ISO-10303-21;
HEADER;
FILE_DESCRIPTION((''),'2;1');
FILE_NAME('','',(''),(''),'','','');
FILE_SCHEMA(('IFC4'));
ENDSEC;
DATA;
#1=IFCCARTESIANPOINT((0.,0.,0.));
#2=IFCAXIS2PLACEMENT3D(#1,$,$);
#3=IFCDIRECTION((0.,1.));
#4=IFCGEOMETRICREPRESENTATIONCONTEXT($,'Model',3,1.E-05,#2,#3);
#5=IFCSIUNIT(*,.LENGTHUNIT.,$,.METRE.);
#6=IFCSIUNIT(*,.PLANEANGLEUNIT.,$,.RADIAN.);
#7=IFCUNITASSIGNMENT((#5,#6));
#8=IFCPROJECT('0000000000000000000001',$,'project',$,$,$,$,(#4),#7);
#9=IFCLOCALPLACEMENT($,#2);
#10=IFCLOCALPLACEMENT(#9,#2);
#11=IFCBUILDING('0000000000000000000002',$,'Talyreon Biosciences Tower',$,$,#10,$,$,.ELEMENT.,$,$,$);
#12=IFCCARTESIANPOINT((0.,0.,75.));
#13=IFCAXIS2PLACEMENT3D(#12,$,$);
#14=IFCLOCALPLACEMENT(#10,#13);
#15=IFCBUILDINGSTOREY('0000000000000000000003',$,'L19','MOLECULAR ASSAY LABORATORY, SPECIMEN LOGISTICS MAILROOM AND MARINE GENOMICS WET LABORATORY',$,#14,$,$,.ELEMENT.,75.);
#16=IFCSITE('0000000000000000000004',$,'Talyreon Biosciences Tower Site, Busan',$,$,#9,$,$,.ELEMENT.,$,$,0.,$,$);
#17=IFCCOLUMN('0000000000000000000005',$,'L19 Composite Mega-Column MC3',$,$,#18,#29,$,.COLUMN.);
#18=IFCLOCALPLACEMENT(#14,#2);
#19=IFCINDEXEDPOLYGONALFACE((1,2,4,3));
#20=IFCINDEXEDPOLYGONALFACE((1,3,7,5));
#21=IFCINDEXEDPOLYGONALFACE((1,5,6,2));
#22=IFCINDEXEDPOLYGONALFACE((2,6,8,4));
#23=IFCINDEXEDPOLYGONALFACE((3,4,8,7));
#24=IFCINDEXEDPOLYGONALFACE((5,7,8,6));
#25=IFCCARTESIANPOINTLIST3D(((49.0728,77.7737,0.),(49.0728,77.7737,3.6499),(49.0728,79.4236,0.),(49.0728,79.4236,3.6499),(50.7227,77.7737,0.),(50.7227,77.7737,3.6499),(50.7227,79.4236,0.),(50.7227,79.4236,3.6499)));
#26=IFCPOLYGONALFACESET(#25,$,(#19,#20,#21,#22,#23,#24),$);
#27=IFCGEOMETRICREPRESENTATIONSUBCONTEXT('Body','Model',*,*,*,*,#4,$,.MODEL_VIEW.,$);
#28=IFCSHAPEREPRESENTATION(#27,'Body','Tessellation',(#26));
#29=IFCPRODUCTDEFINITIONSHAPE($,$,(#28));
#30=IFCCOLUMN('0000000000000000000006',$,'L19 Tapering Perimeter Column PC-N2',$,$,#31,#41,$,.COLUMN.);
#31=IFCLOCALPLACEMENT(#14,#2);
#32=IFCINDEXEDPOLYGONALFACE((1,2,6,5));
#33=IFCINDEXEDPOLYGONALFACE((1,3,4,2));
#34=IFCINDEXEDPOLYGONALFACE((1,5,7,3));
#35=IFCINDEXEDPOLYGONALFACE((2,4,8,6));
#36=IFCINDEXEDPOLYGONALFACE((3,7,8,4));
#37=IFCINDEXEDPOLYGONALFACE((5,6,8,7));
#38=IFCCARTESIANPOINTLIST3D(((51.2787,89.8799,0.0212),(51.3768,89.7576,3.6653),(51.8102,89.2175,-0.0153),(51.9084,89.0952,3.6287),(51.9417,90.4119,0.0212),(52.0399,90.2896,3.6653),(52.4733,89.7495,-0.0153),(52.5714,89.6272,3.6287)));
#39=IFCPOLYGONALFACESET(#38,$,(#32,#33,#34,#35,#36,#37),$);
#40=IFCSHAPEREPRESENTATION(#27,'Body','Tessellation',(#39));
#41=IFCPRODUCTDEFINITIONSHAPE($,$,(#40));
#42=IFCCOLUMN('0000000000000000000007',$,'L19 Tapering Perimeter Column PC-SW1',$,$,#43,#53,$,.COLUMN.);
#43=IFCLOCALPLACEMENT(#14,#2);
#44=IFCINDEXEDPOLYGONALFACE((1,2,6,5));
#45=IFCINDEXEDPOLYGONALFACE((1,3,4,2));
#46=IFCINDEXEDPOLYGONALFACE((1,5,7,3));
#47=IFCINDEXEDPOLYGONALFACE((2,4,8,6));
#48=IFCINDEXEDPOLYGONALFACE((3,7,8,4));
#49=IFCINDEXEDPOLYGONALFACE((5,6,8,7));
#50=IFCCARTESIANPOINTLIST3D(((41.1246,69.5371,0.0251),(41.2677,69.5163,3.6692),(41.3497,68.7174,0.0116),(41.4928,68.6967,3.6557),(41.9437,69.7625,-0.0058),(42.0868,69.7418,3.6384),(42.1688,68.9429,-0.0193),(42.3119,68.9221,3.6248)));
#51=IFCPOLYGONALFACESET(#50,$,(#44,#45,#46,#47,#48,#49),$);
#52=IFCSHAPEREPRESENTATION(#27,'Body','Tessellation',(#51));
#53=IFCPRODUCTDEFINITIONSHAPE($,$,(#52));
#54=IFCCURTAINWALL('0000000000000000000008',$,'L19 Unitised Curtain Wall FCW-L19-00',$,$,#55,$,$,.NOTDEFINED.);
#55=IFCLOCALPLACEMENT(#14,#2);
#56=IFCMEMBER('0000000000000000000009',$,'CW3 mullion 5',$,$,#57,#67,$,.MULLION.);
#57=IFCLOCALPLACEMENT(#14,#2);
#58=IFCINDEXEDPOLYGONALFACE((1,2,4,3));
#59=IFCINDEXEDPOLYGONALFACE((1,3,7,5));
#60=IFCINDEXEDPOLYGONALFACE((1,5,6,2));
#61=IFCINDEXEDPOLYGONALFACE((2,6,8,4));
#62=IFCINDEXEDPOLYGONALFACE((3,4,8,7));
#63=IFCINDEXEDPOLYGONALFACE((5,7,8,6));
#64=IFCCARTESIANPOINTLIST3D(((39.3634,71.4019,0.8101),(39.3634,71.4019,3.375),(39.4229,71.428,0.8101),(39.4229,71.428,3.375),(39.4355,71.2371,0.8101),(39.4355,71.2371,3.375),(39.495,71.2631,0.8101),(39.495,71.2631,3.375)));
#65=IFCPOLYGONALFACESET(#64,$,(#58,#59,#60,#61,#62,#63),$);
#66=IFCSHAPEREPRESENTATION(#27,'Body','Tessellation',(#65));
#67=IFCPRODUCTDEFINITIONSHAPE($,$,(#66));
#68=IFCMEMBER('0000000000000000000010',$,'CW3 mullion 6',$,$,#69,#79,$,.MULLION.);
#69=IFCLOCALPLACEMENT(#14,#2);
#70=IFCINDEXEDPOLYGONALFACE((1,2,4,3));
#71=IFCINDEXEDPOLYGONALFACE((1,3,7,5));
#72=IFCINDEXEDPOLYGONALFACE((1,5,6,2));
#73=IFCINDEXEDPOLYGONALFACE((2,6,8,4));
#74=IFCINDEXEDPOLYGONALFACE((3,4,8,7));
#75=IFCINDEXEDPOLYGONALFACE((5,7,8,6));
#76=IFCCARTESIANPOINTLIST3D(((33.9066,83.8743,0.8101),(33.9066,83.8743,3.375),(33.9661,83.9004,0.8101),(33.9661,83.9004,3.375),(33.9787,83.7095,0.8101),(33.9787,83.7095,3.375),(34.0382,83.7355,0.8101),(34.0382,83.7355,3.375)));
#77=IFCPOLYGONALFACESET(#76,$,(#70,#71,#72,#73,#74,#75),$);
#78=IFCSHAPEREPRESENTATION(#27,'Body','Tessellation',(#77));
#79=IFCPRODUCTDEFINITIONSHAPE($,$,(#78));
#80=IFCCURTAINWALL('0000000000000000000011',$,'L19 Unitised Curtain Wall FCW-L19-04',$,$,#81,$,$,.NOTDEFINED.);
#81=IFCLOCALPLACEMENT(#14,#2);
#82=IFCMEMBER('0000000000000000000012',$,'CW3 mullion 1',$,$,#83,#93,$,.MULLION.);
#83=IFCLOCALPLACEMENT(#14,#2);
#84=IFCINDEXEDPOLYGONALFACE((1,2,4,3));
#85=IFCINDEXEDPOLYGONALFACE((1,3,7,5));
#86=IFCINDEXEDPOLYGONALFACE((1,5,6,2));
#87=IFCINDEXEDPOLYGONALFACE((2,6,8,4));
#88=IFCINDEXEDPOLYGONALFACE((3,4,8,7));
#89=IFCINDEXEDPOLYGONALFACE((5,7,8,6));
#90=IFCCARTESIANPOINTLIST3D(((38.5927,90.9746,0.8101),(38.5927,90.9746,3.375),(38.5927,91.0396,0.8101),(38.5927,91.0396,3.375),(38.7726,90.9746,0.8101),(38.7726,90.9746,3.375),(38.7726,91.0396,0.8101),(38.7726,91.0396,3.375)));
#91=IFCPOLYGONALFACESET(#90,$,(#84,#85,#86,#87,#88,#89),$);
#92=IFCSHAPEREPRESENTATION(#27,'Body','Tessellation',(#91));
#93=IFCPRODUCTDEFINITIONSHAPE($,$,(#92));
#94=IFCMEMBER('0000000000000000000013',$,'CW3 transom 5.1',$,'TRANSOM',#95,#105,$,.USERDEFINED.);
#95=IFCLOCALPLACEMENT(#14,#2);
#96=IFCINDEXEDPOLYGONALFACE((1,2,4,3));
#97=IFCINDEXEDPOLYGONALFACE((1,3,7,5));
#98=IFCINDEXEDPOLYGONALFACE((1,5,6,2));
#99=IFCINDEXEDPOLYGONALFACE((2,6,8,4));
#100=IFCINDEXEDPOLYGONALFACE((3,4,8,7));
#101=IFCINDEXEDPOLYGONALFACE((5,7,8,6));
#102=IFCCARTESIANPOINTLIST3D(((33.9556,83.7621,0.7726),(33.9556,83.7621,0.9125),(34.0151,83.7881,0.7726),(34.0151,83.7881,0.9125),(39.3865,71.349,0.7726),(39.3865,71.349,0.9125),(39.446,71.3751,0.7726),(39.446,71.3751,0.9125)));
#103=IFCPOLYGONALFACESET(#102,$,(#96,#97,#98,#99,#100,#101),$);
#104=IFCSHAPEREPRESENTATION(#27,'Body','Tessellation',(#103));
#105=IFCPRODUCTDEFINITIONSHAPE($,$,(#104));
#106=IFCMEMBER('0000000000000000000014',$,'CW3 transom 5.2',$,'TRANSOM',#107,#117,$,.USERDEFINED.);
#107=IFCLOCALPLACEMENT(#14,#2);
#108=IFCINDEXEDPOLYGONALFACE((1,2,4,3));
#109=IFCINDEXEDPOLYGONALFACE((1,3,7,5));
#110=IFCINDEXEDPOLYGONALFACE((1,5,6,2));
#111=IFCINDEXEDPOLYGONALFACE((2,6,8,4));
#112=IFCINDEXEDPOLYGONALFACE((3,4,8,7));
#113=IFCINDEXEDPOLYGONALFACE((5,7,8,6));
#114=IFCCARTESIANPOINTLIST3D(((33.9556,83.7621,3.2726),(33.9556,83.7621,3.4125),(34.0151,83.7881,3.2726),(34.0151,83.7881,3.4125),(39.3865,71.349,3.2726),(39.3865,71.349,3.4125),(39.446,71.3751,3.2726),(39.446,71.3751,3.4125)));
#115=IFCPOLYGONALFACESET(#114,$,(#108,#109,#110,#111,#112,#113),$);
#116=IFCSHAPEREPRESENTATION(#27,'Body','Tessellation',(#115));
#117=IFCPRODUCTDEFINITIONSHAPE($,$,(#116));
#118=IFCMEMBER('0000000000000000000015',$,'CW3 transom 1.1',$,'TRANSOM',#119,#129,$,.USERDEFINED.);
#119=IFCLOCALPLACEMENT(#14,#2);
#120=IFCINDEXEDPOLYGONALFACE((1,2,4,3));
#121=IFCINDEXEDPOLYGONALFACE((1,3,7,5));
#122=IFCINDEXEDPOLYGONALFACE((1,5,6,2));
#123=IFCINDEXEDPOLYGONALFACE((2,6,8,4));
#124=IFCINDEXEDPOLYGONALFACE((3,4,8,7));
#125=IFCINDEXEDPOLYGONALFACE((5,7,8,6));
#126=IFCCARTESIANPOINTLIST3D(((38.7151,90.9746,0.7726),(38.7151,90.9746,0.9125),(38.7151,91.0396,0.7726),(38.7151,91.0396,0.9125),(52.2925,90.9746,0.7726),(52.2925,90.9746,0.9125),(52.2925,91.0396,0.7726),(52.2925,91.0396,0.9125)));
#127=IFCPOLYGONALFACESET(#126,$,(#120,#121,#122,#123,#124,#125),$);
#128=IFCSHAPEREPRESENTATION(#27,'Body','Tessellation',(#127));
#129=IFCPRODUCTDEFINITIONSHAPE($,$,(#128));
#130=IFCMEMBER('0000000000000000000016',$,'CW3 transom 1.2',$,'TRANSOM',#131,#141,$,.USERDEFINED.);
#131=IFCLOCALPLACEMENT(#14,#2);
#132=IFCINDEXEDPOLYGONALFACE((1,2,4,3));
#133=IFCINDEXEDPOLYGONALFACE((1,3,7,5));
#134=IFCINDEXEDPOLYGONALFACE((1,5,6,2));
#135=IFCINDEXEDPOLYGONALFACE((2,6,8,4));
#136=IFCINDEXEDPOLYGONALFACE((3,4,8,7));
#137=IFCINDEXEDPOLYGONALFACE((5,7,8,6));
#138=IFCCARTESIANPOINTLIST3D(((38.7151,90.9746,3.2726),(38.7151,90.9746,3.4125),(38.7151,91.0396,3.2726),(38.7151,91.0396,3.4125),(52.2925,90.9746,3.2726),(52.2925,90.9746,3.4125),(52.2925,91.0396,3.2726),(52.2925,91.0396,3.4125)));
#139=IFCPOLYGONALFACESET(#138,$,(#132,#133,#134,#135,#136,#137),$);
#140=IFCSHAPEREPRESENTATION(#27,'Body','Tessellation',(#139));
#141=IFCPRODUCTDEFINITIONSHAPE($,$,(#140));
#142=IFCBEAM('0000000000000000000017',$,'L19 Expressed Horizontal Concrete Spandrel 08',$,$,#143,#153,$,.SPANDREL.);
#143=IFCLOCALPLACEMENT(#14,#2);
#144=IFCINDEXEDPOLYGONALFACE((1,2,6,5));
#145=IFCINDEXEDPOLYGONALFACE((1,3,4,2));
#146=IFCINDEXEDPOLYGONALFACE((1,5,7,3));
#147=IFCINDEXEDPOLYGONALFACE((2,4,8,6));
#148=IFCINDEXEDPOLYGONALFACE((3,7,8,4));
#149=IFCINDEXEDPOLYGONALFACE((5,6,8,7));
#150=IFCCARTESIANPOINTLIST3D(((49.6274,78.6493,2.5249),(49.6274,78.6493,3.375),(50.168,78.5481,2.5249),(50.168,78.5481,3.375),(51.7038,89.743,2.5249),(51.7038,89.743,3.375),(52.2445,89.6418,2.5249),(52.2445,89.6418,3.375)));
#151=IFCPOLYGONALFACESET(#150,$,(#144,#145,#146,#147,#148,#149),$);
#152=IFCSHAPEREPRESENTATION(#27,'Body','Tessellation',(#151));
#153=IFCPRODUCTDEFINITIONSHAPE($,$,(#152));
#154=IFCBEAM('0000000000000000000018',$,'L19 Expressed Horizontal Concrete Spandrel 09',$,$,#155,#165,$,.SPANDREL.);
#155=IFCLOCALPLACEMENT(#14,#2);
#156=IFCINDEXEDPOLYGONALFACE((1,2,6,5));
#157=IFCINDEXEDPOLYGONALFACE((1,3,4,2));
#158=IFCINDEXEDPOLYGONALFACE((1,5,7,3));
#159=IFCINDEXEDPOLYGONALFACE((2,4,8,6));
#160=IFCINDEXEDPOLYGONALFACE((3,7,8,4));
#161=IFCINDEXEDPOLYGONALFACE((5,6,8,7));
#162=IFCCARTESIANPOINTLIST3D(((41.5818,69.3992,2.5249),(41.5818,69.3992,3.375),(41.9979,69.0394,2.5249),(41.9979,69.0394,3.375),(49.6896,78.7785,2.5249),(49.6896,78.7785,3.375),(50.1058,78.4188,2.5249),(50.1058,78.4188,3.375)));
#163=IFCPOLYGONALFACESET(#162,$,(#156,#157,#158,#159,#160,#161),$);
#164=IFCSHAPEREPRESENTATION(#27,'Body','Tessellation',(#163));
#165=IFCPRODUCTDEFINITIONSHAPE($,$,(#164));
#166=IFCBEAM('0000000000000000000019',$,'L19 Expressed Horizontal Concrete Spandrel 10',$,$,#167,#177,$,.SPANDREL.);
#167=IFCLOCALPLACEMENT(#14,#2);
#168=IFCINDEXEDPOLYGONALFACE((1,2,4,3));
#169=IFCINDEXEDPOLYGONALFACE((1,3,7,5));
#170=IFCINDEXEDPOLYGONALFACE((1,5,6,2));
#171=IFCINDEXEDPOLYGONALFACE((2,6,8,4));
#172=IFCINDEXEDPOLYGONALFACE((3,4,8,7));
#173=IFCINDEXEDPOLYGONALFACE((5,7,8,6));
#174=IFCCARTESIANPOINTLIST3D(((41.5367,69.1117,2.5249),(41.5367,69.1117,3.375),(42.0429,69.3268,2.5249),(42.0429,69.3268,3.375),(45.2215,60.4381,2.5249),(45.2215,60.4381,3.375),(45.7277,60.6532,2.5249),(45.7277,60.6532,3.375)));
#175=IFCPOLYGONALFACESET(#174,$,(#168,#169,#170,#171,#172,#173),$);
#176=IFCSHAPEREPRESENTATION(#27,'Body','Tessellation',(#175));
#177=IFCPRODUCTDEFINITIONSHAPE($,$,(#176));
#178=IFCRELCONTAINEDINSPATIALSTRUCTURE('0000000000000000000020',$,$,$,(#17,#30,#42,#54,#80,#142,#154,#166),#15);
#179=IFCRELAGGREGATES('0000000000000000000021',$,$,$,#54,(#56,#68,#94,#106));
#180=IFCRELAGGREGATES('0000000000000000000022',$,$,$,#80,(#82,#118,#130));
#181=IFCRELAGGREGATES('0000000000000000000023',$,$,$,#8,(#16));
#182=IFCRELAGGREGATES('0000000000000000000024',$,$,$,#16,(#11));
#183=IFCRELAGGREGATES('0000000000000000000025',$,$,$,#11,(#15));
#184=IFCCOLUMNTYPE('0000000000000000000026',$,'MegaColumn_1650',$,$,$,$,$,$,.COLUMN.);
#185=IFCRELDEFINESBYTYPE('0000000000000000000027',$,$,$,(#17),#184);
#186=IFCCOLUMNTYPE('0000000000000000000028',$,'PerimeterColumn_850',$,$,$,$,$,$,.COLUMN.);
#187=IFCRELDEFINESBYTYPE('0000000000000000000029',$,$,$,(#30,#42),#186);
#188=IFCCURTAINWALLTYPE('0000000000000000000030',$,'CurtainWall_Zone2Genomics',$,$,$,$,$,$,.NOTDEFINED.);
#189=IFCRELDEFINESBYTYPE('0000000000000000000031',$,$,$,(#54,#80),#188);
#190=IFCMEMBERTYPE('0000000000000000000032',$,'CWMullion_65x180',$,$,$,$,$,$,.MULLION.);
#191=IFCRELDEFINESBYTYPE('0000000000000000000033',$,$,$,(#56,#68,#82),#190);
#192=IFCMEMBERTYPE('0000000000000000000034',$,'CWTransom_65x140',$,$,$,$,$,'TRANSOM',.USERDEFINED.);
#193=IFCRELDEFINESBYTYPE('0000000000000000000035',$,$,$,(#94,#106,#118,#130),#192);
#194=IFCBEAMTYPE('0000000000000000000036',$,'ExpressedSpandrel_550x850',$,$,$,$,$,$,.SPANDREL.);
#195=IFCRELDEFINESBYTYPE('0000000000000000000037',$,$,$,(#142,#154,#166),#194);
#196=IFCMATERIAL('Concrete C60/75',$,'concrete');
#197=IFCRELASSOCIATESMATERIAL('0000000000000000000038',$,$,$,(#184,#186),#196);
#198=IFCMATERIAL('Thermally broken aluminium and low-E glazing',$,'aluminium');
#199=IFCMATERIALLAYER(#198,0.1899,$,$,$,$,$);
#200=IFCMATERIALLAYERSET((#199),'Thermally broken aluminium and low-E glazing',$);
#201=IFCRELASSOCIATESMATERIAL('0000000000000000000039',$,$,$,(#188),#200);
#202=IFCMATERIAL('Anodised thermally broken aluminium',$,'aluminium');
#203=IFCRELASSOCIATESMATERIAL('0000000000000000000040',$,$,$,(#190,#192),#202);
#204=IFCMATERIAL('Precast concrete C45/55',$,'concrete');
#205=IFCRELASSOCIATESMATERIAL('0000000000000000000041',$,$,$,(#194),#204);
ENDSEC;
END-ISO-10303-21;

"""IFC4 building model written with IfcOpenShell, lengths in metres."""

from ifc_helpers import new_model, si_unit, direction, frame, origin, origin_2d, place, context, subcontext, project, spatial, rectangle, extrude, material, layer, layer_set, material_profile, profile_set, type_object, element, aggregate, save


model = new_model("IFC4")

# Units and contexts
model_context = context("Model", 3, precision=1e-05, world=origin(), true_north=direction((0.0, 1.0)))
body_context = subcontext(model_context, "Body", "Model", "MODEL_VIEW")
ifc_project = project(units=[si_unit("LENGTHUNIT", "METRE"), si_unit("PLANEANGLEUNIT", "RADIAN")], contexts=[model_context])

# Site, building, storey
site_placement = place(None, origin())
site = spatial("IfcSite", under=ifc_project, at=site_placement, Name="Talyreon Biosciences Tower Site, Busan", CompositionType="ELEMENT", RefElevation=0.0)
building_placement = place(site_placement, origin())
building = spatial("IfcBuilding", under=site, at=building_placement, Name="Talyreon Biosciences Tower", CompositionType="ELEMENT")
storey_placement = place(building_placement, frame((0.0, 0.0, 75.0)))
storey = spatial("IfcBuildingStorey", under=building, at=storey_placement, Name="L19", Description="MOLECULAR ASSAY LABORATORY, SPECIMEN LOGISTICS MAILROOM AND MARINE GENOMICS WET LABORATORY", CompositionType="ELEMENT", Elevation=75.0)

# Columns
ifc_material_1 = material(Name="Concrete C60/75", Category="concrete")
ifc_material_profile_1 = material_profile(ifc_material_1, rectangle(XDim=1.6499, YDim=1.6499, at=origin_2d()), Name="RC 1650x1650")
ifc_profile_set_1 = profile_set([ifc_material_profile_1], Name="Concrete C60/75")
column_type_1 = type_object("IfcColumnType", Name="MegaColumn_1650", PredefinedType="COLUMN", material=ifc_profile_set_1)
column_1_placement = place(storey_placement, frame((49.8977, 78.5986, 0.0), z_axis=(0.0, 0.0, 1.0), x_axis=(1.0, 0.0, 0.0)))
element("IfcColumn", 1, at=column_1_placement, inside=storey, type_object=column_type_1, Name="L19 Composite Mega-Column MC3", PredefinedType="COLUMN", context=body_context, shape_type="SweptSolid", body=[
    extrude(rectangle(XDim=1.6499, YDim=1.6499, at=origin_2d()), origin(), (0.0, 0.0, 1.0), 3.6499),
])
ifc_material_profile_2 = material_profile(ifc_material_1, rectangle(XDim=0.8501, YDim=0.8501, at=origin_2d()), Name="RC 850x850")
ifc_profile_set_2 = profile_set([ifc_material_profile_2], Name="Concrete C60/75")
column_type_2 = type_object("IfcColumnType", Name="PerimeterColumn_850", PredefinedType="COLUMN", material=ifc_profile_set_2)
column_2_placement = place(storey_placement, frame((51.876, 89.8147, 0.0029), z_axis=(0.026908, -0.033535, 0.999075), x_axis=(-0.779957, -0.625834, 0.0)))
element("IfcColumn", 2, at=column_2_placement, inside=storey, type_object=column_type_2, Name="L19 Tapering Perimeter Column PC-N2", PredefinedType="COLUMN", context=body_context, shape_type="SweptSolid", body=[
    extrude(rectangle(XDim=0.8501, YDim=0.8501, at=origin_2d()), origin(), (0.0, 0.0, 1.0), 3.6475),
])
column_3_placement = place(storey_placement, frame((41.6467, 69.24, 0.0029), z_axis=(0.039229, -0.00569, 0.999214), x_axis=(0.963504, 0.265218, -0.036317)))
element("IfcColumn", 3, at=column_3_placement, inside=storey, type_object=column_type_2, Name="L19 Tapering Perimeter Column PC-SW1", PredefinedType="COLUMN", context=body_context, shape_type="SweptSolid", body=[
    extrude(rectangle(XDim=0.8501, YDim=0.8501, at=origin_2d()), origin(), (0.0, 0.0, 1.0), 3.647),
])

# Curtain wall, members
ifc_material_2 = material(Name="Thermally broken aluminium and low-E glazing", Category="aluminium")
ifc_layer_1 = layer(ifc_material_2, 0.1899)
ifc_layer_set_1 = layer_set([ifc_layer_1], Name="Thermally broken aluminium and low-E glazing")
curtain_wall_type = type_object("IfcCurtainWallType", Name="CurtainWall_Zone2Genomics", PredefinedType="NOTDEFINED", material=ifc_layer_set_1)
curtain_wall_1_placement = place(storey_placement, origin())
curtain_wall_1 = element("IfcCurtainWall", 4, at=curtain_wall_1_placement, inside=storey, type_object=curtain_wall_type, Name="L19 Unitised Curtain Wall FCW-L19-00", PredefinedType="NOTDEFINED")
ifc_material_3 = material(Name="Anodised thermally broken aluminium", Category="aluminium")
ifc_material_profile_3 = material_profile(ifc_material_3, rectangle(XDim=0.0649, YDim=0.1799, at=origin_2d()), Name="ALUM MULLION 65x180")
ifc_profile_set_3 = profile_set([ifc_material_profile_3], Name="Anodised thermally broken aluminium")
member_type_1 = type_object("IfcMemberType", Name="CWMullion_65x180", PredefinedType="MULLION", material=ifc_profile_set_3)
member_1_placement = place(storey_placement, frame((39.4292, 71.3325, 0.8101), z_axis=(0.0, 0.0, 1.0), x_axis=(-0.916152, -0.400831, 0.0)))
member_1 = element("IfcMember", 5, at=member_1_placement, type_object=member_type_1, Name="CW3 mullion 5", PredefinedType="MULLION", context=body_context, shape_type="SweptSolid", body=[
    extrude(rectangle(XDim=0.0649, YDim=0.1799, at=origin_2d()), origin(), (0.0, 0.0, 1.0), 2.5649),
])
member_2_placement = place(storey_placement, frame((33.9724, 83.8049, 0.8101), z_axis=(0.0, 0.0, 1.0), x_axis=(-0.916152, -0.400831, 0.0)))
member_2 = element("IfcMember", 6, at=member_2_placement, type_object=member_type_1, Name="CW3 mullion 6", PredefinedType="MULLION", context=body_context, shape_type="SweptSolid", body=[
    extrude(rectangle(XDim=0.0649, YDim=0.1799, at=origin_2d()), origin(), (0.0, 0.0, 1.0), 2.5649),
])

# Curtain wall, member
curtain_wall_2_placement = place(storey_placement, origin())
curtain_wall_2 = element("IfcCurtainWall", 7, at=curtain_wall_2_placement, inside=storey, type_object=curtain_wall_type, Name="L19 Unitised Curtain Wall FCW-L19-04", PredefinedType="NOTDEFINED")
member_3_placement = place(storey_placement, frame((38.6826, 91.0071, 0.8101), z_axis=(0.0, 0.0, 1.0), x_axis=(0.0, 1.0, 0.0)))
member_3 = element("IfcMember", 8, at=member_3_placement, type_object=member_type_1, Name="CW3 mullion 1", PredefinedType="MULLION", context=body_context, shape_type="SweptSolid", body=[
    extrude(rectangle(XDim=0.0649, YDim=0.1799, at=origin_2d()), origin(), (0.0, 0.0, 1.0), 2.5649),
])

# Members
ifc_material_profile_4 = material_profile(ifc_material_3, rectangle(XDim=0.0649, YDim=0.1399, at=origin_2d()), Name="ALUM TRANSOM 65x140")
ifc_profile_set_4 = profile_set([ifc_material_profile_4], Name="Anodised thermally broken aluminium")
member_type_2 = type_object("IfcMemberType", Name="CWTransom_65x140", ElementType="TRANSOM", PredefinedType="USERDEFINED", material=ifc_profile_set_4)
member_4_placement = place(storey_placement, frame((39.4163, 71.3621, 0.8425), z_axis=(-0.40083, 0.916152, 0.0), x_axis=(-0.916152, -0.40083, 0.0)))
member_4 = element("IfcMember", 9, at=member_4_placement, type_object=member_type_2, Name="CW3 transom 5.1", ObjectType="TRANSOM", PredefinedType="USERDEFINED", context=body_context, shape_type="SweptSolid", body=[
    extrude(rectangle(XDim=0.0649, YDim=0.1399, at=origin_2d()), origin(), (0.0, 0.0, 1.0), 13.5491),
])
member_5_placement = place(storey_placement, frame((39.4163, 71.3621, 3.3425), z_axis=(-0.40083, 0.916152, 0.0), x_axis=(-0.916152, -0.40083, 0.0)))
member_5 = element("IfcMember", 10, at=member_5_placement, type_object=member_type_2, Name="CW3 transom 5.2", ObjectType="TRANSOM", PredefinedType="USERDEFINED", context=body_context, shape_type="SweptSolid", body=[
    extrude(rectangle(XDim=0.0649, YDim=0.1399, at=origin_2d()), origin(), (0.0, 0.0, 1.0), 13.5491),
])
member_6_placement = place(storey_placement, frame((38.7151, 91.0071, 0.8425), z_axis=(1.0, 0.0, 0.0), x_axis=(0.0, 1.0, 0.0)))
member_6 = element("IfcMember", 11, at=member_6_placement, type_object=member_type_2, Name="CW3 transom 1.1", ObjectType="TRANSOM", PredefinedType="USERDEFINED", context=body_context, shape_type="SweptSolid", body=[
    extrude(rectangle(XDim=0.0649, YDim=0.1399, at=origin_2d()), origin(), (0.0, 0.0, 1.0), 13.5774),
])
member_7_placement = place(storey_placement, frame((38.7151, 91.0071, 3.3425), z_axis=(1.0, 0.0, 0.0), x_axis=(0.0, 1.0, 0.0)))
member_7 = element("IfcMember", 12, at=member_7_placement, type_object=member_type_2, Name="CW3 transom 1.2", ObjectType="TRANSOM", PredefinedType="USERDEFINED", context=body_context, shape_type="SweptSolid", body=[
    extrude(rectangle(XDim=0.0649, YDim=0.1399, at=origin_2d()), origin(), (0.0, 0.0, 1.0), 13.5774),
])

# Beams
ifc_material_4 = material(Name="Precast concrete C45/55", Category="concrete")
ifc_material_profile_5 = material_profile(ifc_material_4, rectangle(XDim=0.55, YDim=0.8501, at=origin_2d()), Name="RCB 550x850")
ifc_profile_set_5 = profile_set([ifc_material_profile_5], Name="Precast concrete C45/55")
beam_type_1 = type_object("IfcBeamType", Name="ExpressedSpandrel_550x850", PredefinedType="SPANDREL", material=ifc_profile_set_5)
beam_1_placement = place(storey_placement, frame((51.9741, 89.6924, 2.95), z_axis=(-0.183975, -0.982931, 0.0), x_axis=(0.982931, -0.183975, 0.0)))
element("IfcBeam", 13, at=beam_1_placement, inside=storey, type_object=beam_type_1, Name="L19 Expressed Horizontal Concrete Spandrel 08", PredefinedType="SPANDREL", context=body_context, shape_type="SweptSolid", body=[
    extrude(rectangle(XDim=0.55, YDim=0.8501, at=origin_2d()), origin(), (0.0, 0.0, 1.0), 11.2864),
])
beam_2_placement = place(storey_placement, frame((49.8977, 78.5986, 2.95), z_axis=(-0.653967, -0.756523, 0.0), x_axis=(0.756523, -0.653967, 0.0)))
element("IfcBeam", 14, at=beam_2_placement, inside=storey, type_object=beam_type_1, Name="L19 Expressed Horizontal Concrete Spandrel 09", PredefinedType="SPANDREL", context=body_context, shape_type="SweptSolid", body=[
    extrude(rectangle(XDim=0.55, YDim=0.8501, at=origin_2d()), origin(), (0.0, 0.0, 1.0), 12.3979),
])
beam_3_placement = place(storey_placement, frame((41.7898, 69.2192, 2.95), z_axis=(0.39101, -0.920387, 0.0), x_axis=(0.920387, 0.39101, 0.0)))
element("IfcBeam", 15, at=beam_3_placement, inside=storey, type_object=beam_type_1, Name="L19 Expressed Horizontal Concrete Spandrel 10", PredefinedType="SPANDREL", context=body_context, shape_type="SweptSolid", body=[
    extrude(rectangle(XDim=0.55, YDim=0.8501, at=origin_2d()), origin(), (0.0, 0.0, 1.0), 9.4238),
])

aggregate(curtain_wall_1, [member_1, member_2, member_4, member_5])
aggregate(curtain_wall_2, [member_3, member_6, member_7])

save(model, "model.ifc")
